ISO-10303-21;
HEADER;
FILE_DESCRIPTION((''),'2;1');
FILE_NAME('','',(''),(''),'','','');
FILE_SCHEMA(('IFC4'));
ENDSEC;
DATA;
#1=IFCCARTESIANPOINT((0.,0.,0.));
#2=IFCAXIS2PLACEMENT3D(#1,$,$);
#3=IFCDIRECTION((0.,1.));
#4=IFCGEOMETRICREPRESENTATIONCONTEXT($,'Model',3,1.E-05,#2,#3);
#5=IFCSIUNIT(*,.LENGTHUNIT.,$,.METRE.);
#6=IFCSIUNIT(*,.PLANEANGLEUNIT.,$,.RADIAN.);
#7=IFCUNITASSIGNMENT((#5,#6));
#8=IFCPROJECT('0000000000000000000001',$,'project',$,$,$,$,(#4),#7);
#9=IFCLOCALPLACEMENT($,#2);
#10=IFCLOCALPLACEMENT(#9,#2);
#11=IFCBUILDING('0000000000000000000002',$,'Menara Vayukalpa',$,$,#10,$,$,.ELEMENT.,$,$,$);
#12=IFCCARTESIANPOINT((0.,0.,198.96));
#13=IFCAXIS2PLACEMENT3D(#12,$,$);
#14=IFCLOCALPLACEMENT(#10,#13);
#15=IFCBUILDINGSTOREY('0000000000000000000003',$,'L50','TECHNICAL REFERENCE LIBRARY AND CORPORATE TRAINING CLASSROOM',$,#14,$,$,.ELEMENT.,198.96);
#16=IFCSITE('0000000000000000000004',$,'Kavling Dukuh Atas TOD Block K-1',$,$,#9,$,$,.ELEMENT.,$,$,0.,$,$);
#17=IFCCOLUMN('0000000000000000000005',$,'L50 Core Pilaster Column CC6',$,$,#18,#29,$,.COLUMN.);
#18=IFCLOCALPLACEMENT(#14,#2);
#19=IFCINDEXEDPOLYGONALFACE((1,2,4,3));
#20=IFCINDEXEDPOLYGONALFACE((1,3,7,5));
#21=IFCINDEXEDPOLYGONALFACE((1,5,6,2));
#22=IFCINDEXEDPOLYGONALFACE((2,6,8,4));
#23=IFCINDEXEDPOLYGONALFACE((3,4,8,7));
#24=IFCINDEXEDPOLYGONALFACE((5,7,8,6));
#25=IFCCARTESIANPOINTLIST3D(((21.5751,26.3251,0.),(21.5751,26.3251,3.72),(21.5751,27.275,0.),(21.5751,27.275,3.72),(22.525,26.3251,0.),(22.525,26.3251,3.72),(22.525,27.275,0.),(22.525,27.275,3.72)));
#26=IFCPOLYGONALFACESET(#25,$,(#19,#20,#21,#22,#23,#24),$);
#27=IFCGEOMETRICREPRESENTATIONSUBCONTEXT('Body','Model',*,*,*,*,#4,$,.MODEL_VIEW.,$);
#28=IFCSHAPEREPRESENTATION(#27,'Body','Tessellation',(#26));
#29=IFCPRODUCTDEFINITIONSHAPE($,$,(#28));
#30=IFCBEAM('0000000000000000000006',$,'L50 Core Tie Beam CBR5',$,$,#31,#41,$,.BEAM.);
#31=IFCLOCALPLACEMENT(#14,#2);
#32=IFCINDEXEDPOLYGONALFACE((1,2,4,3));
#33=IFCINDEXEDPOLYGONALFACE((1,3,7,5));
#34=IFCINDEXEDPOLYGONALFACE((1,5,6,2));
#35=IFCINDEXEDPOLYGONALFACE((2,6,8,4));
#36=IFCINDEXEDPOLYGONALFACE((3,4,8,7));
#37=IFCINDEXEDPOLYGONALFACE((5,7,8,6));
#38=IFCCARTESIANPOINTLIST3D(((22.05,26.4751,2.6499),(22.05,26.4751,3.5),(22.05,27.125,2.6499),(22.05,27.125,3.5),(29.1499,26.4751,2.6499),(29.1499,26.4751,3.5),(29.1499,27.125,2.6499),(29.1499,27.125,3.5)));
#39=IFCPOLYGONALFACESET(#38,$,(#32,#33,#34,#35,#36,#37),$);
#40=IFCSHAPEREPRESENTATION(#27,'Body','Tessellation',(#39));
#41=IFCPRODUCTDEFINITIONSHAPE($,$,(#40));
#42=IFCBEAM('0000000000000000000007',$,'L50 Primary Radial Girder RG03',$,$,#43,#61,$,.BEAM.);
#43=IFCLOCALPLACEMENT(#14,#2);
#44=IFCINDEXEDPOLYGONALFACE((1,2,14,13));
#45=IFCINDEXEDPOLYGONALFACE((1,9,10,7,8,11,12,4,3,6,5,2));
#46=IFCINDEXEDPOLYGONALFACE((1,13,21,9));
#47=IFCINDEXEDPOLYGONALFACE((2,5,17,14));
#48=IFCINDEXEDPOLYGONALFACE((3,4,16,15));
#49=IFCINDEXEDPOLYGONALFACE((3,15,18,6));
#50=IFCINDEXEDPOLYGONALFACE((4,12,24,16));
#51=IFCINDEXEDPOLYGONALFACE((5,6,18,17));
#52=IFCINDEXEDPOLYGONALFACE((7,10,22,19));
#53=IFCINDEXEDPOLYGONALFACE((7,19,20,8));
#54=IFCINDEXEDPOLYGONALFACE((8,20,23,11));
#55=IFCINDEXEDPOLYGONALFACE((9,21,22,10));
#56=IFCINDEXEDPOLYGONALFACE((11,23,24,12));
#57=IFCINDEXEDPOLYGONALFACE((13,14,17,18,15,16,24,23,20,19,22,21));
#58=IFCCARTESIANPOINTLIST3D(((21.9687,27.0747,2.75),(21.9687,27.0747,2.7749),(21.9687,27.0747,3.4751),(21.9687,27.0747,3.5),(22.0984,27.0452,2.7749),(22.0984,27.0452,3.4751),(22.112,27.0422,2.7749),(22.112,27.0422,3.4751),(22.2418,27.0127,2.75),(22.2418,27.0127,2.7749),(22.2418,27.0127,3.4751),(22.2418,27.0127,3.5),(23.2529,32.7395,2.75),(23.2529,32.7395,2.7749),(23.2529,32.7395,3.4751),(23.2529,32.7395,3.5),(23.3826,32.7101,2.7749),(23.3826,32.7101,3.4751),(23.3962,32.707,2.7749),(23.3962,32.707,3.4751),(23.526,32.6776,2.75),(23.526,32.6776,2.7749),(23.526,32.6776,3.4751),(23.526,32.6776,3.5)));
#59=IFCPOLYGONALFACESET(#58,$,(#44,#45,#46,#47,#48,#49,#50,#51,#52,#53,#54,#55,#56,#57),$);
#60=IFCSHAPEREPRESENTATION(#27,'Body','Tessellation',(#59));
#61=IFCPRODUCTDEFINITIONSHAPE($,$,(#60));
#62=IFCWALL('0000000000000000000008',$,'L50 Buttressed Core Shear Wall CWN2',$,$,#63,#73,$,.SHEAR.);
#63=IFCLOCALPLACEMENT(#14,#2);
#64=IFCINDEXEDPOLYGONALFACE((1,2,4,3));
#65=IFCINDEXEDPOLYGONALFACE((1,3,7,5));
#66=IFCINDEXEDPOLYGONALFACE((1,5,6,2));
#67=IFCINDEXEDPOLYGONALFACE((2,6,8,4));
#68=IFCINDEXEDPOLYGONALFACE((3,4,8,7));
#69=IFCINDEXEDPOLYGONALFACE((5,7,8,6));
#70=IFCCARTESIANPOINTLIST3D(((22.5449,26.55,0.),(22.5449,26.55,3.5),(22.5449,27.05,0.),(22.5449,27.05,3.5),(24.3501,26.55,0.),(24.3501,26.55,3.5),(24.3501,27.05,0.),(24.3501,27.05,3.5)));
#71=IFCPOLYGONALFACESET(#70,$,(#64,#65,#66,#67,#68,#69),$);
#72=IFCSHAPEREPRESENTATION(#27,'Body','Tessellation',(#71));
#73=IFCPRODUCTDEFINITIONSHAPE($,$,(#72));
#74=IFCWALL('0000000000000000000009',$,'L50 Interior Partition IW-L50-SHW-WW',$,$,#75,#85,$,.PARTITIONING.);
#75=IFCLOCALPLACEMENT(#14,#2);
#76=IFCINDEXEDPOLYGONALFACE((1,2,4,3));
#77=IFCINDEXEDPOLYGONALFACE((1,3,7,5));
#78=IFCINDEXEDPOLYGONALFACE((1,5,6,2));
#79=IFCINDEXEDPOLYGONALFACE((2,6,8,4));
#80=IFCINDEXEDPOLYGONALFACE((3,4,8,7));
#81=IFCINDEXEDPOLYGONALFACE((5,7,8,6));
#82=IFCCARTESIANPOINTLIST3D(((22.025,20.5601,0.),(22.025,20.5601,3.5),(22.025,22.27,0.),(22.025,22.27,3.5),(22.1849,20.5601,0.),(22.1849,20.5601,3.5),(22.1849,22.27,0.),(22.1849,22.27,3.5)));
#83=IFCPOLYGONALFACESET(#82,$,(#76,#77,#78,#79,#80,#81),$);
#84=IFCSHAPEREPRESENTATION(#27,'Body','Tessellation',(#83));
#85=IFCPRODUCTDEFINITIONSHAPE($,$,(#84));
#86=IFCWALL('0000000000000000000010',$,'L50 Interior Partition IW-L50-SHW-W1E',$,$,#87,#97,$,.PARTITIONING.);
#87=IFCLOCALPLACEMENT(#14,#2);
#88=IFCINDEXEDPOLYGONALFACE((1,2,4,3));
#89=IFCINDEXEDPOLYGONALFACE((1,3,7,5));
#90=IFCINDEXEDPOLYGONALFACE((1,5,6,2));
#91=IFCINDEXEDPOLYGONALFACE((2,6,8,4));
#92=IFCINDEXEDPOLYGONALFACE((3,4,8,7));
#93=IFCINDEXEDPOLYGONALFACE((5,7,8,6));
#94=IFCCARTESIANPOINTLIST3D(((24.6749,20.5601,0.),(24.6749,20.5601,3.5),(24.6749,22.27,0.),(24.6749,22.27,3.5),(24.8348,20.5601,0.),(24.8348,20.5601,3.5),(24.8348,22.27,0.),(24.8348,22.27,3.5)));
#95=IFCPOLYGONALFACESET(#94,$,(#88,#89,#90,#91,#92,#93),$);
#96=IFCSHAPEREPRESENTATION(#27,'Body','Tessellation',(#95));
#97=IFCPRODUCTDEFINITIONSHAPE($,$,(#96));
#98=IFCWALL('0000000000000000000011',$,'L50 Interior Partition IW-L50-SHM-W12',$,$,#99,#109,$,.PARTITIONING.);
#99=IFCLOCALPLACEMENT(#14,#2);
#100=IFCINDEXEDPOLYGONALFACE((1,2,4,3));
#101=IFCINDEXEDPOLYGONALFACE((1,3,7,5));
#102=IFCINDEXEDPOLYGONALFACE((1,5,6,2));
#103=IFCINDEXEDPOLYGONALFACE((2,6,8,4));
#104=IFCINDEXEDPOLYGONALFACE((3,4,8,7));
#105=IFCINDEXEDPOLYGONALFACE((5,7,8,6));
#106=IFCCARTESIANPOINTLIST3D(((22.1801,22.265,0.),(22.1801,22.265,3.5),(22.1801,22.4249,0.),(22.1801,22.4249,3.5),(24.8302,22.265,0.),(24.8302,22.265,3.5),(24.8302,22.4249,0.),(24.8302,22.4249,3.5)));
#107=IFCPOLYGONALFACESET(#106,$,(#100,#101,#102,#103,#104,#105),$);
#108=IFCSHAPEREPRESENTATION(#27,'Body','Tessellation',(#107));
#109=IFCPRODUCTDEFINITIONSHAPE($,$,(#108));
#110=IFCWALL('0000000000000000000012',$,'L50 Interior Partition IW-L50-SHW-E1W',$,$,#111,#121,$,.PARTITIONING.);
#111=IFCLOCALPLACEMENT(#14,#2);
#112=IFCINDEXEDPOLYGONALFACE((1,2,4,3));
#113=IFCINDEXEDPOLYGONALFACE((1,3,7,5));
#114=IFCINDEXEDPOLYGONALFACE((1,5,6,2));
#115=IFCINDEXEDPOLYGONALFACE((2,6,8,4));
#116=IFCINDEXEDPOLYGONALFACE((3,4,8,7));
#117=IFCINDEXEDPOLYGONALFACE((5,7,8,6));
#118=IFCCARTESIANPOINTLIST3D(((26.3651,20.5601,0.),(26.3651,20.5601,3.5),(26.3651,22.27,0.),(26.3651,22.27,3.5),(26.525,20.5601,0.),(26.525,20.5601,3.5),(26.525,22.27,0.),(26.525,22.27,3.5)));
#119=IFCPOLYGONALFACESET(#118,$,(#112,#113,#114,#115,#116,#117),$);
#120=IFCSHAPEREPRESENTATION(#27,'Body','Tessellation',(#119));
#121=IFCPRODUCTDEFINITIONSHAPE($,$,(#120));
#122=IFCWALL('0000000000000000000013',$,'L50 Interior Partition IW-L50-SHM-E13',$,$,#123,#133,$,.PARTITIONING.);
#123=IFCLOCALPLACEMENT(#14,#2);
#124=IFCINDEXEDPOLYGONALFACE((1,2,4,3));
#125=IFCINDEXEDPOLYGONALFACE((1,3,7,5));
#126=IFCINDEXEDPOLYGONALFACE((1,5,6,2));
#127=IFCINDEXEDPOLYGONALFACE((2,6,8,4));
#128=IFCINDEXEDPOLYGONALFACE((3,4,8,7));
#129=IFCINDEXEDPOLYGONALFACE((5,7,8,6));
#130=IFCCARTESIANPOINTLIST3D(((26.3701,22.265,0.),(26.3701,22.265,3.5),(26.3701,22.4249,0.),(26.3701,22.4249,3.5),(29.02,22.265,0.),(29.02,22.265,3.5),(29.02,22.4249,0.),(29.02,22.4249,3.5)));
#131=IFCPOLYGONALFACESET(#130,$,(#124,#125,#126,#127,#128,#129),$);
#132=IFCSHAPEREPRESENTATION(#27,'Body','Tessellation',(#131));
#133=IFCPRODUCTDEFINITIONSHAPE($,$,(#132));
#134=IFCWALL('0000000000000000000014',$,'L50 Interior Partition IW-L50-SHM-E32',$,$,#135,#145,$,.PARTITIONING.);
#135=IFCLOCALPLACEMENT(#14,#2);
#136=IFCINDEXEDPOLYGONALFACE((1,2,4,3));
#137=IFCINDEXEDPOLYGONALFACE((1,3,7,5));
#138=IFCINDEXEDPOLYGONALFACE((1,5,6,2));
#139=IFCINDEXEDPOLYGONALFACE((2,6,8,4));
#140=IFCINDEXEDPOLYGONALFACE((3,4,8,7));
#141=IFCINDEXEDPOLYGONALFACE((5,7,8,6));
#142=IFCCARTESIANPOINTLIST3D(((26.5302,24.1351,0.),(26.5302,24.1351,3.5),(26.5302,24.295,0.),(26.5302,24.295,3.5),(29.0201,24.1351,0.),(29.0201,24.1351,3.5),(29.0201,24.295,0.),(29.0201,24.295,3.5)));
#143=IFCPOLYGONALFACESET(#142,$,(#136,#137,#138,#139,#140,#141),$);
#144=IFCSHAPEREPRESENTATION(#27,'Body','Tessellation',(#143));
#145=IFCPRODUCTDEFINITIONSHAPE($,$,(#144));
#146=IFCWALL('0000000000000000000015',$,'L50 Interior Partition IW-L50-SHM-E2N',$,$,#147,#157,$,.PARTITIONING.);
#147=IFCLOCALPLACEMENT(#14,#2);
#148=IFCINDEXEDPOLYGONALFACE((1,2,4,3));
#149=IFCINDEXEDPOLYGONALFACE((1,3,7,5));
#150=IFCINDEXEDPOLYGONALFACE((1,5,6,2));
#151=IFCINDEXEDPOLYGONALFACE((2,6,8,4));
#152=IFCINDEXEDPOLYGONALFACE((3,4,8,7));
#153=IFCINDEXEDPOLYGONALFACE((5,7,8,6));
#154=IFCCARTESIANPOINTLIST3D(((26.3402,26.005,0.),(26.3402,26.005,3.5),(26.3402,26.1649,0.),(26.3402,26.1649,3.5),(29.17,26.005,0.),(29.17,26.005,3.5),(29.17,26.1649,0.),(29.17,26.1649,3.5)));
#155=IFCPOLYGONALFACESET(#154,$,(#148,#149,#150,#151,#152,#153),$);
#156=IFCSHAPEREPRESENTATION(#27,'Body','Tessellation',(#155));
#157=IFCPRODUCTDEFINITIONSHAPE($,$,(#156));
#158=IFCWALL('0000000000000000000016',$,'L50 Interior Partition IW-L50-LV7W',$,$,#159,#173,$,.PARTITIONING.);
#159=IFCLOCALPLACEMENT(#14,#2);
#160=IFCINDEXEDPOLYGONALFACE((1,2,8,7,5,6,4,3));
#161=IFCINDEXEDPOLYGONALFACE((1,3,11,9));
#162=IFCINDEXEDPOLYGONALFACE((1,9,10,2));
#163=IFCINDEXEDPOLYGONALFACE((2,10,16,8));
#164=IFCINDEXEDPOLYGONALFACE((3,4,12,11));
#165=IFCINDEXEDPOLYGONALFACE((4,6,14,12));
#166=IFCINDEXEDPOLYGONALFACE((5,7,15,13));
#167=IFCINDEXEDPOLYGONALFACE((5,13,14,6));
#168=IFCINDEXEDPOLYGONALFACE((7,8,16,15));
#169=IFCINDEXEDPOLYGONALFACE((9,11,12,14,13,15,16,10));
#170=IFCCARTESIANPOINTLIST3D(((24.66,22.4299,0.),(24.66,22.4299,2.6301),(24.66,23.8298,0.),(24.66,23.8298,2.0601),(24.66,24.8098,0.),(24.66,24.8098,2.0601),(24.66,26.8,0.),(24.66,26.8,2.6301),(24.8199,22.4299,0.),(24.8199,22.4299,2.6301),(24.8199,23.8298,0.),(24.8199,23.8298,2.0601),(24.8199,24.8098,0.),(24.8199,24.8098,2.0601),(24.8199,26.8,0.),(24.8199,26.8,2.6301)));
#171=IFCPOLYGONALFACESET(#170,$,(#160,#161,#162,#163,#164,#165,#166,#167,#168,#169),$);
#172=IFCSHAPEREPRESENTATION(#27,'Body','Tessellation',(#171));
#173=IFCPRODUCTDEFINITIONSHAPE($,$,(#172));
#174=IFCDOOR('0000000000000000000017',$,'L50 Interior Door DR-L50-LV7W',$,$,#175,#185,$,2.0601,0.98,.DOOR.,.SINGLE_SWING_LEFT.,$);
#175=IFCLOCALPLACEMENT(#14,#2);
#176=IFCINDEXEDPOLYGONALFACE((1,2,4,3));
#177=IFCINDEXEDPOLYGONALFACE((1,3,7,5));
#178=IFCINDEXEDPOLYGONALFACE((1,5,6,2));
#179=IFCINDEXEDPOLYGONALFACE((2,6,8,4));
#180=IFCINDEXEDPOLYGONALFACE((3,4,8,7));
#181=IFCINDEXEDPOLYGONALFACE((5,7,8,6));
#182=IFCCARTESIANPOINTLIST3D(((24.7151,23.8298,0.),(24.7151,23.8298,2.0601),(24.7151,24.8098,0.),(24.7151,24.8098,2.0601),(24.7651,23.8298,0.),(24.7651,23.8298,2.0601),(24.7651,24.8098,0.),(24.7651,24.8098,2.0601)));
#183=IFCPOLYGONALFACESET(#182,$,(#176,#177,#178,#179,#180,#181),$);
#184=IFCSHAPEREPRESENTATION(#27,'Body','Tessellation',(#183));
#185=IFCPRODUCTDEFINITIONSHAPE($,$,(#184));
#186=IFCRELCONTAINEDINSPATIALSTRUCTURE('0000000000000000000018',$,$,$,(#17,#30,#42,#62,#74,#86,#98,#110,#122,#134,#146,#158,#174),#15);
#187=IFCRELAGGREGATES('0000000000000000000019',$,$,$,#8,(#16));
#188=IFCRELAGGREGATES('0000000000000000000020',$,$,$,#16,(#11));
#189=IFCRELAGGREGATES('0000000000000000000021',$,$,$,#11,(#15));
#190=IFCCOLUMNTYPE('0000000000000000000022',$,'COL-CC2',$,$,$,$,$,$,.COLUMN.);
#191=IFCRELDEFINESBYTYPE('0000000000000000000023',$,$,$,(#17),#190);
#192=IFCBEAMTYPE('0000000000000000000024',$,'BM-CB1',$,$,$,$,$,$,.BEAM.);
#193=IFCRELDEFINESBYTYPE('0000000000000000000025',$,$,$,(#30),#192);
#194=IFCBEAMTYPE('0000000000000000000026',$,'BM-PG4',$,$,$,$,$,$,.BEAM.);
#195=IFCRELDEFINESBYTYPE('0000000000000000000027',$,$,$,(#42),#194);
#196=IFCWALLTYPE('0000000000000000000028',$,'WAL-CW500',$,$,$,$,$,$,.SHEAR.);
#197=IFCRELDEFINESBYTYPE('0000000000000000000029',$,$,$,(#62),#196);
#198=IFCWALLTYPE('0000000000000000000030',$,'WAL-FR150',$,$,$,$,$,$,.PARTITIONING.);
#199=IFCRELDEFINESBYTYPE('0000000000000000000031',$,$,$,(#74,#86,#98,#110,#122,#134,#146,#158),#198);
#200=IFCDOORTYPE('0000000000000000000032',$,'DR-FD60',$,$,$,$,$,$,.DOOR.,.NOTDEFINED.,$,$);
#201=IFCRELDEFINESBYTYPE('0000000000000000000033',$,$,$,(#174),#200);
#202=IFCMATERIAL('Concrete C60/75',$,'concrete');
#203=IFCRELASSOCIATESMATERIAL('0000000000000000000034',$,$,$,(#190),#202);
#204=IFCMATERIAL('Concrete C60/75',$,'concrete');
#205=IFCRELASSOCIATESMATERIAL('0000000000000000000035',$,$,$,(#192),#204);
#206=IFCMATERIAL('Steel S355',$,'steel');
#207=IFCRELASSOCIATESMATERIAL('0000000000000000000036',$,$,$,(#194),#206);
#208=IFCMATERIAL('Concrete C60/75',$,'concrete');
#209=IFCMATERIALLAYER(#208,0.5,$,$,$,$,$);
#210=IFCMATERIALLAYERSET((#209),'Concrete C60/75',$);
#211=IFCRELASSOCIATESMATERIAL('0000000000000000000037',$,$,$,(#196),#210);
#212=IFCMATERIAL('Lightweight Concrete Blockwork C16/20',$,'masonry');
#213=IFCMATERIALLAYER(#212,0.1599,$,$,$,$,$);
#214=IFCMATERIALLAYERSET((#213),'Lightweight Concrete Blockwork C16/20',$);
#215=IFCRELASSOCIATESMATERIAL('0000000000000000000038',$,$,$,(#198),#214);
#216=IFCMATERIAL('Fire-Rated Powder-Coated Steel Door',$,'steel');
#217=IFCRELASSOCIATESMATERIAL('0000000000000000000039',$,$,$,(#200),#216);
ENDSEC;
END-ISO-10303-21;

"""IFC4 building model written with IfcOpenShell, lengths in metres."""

from ifc_helpers import new_model, si_unit, direction, frame, frame_2d, origin, origin_2d, place, context, subcontext, project, spatial, rectangle, i_section, extrude, material, layer, layer_set, material_profile, profile_set, type_object, element, fill, save


model = new_model("IFC4")

# Units and contexts
model_context = context("Model", 3, precision=1e-05, world=origin(), true_north=direction((0.0, 1.0)))
body_context = subcontext(model_context, "Body", "Model", "MODEL_VIEW")
ifc_project = project(units=[si_unit("LENGTHUNIT", "METRE"), si_unit("PLANEANGLEUNIT", "RADIAN")], contexts=[model_context])

# Site, building, storey
site_placement = place(None, origin())
site = spatial("IfcSite", under=ifc_project, at=site_placement, Name="Kavling Dukuh Atas TOD Block K-1", CompositionType="ELEMENT", RefElevation=0.0)
building_placement = place(site_placement, origin())
building = spatial("IfcBuilding", under=site, at=building_placement, Name="Menara Vayukalpa", CompositionType="ELEMENT")
storey_placement = place(building_placement, frame((0.0, 0.0, 198.96)))
storey = spatial("IfcBuildingStorey", under=building, at=storey_placement, Name="L50", Description="TECHNICAL REFERENCE LIBRARY AND CORPORATE TRAINING CLASSROOM", CompositionType="ELEMENT", Elevation=198.96)

# Column
ifc_material_1 = material(Name="Concrete C60/75", Category="concrete")
ifc_material_profile_1 = material_profile(ifc_material_1, rectangle(XDim=0.95, YDim=0.95, at=origin_2d()), Name="RC 950x950")
ifc_profile_set_1 = profile_set([ifc_material_profile_1], Name="Concrete C60/75")
column_type = type_object("IfcColumnType", Name="COL-CC2", PredefinedType="COLUMN", material=ifc_profile_set_1)
column_placement = place(storey_placement, frame((22.05, 26.8, 0.0), z_axis=(0.0, 0.0, 1.0), x_axis=(1.0, 0.0, 0.0)))
element("IfcColumn", 1, at=column_placement, inside=storey, type_object=column_type, Name="L50 Core Pilaster Column CC6", PredefinedType="COLUMN", context=body_context, shape_type="SweptSolid", body=[
    extrude(rectangle(XDim=0.95, YDim=0.95, at=origin_2d()), origin(), (0.0, 0.0, 1.0), 3.72),
])

# Beams
ifc_material_2 = material(Name="Concrete C60/75", Category="concrete")
ifc_material_profile_2 = material_profile(ifc_material_2, rectangle(XDim=0.6499, YDim=0.8501, at=origin_2d()), Name="RC 650x850")
ifc_profile_set_2 = profile_set([ifc_material_profile_2], Name="Concrete C60/75")
beam_type_1 = type_object("IfcBeamType", Name="BM-CB1", PredefinedType="BEAM", material=ifc_profile_set_2)
beam_1_placement = place(storey_placement, frame((22.05, 26.8, 3.075), z_axis=(1.0, 0.0, 0.0), x_axis=(0.0, 1.0, 0.0)))
element("IfcBeam", 2, at=beam_1_placement, inside=storey, type_object=beam_type_1, Name="L50 Core Tie Beam CBR5", PredefinedType="BEAM", context=body_context, shape_type="SweptSolid", body=[
    extrude(rectangle(XDim=0.6499, YDim=0.8501, at=origin_2d()), origin(), (0.0, 0.0, 1.0), 7.0999),
])
ifc_material_3 = material(Name="Steel S355", Category="steel")
ifc_material_profile_3 = material_profile(ifc_material_3, i_section(OverallWidth=0.28, OverallDepth=0.75, WebThickness=0.0139, FlangeThickness=0.0249, at=origin_2d()), Name="WF 750x280x14x25")
ifc_profile_set_3 = profile_set([ifc_material_profile_3], Name="Steel S355")
beam_type_2 = type_object("IfcBeamType", Name="BM-PG4", PredefinedType="BEAM", material=ifc_profile_set_3)
beam_2_placement = place(storey_placement, frame((22.1052, 27.0437, 3.125), z_axis=(0.221085, 0.975255, 0.0), x_axis=(-0.975255, 0.221085, 0.0)))
element("IfcBeam", 3, at=beam_2_placement, inside=storey, type_object=beam_type_2, Name="L50 Primary Radial Girder RG03", PredefinedType="BEAM", context=body_context, shape_type="SweptSolid", body=[
    extrude(i_section(OverallWidth=0.28, OverallDepth=0.75, WebThickness=0.0139, FlangeThickness=0.0249, at=origin_2d()), origin(), (0.0, 0.0, 1.0), 5.8086),
])

# Walls
ifc_material_4 = material(Name="Concrete C60/75", Category="concrete")
ifc_layer_1 = layer(ifc_material_4, 0.5)
ifc_layer_set_1 = layer_set([ifc_layer_1], Name="Concrete C60/75")
wall_type_1 = type_object("IfcWallType", Name="WAL-CW500", PredefinedType="SHEAR", material=ifc_layer_set_1)
wall_1_placement = place(storey_placement, frame((22.5449, 26.8, 0.0), z_axis=(0.0, 0.0, 1.0), x_axis=(1.0, 0.0, 0.0)))
element("IfcWall", 4, at=wall_1_placement, inside=storey, type_object=wall_type_1, Name="L50 Buttressed Core Shear Wall CWN2", PredefinedType="SHEAR", context=body_context, shape_type="SweptSolid", body=[
    extrude(rectangle(XDim=1.8052, YDim=0.5, at=frame_2d((0.9026, 0.0))), origin(), (0.0, 0.0, 1.0), 3.5),
])
ifc_material_5 = material(Name="Lightweight Concrete Blockwork C16/20", Category="masonry")
ifc_layer_2 = layer(ifc_material_5, 0.1599)
ifc_layer_set_2 = layer_set([ifc_layer_2], Name="Lightweight Concrete Blockwork C16/20")
wall_type_2 = type_object("IfcWallType", Name="WAL-FR150", PredefinedType="PARTITIONING", material=ifc_layer_set_2)
for number, where, z_axis, x_axis, name in (
    (5, (22.105, 20.5601, 0.0), (0.0, 0.0, 1.0), (0.0, 1.0, 0.0), "L50 Interior Partition IW-L50-SHW-WW"),
    (6, (24.7549, 20.5601, 0.0), (0.0, 0.0, 1.0), (0.0, 1.0, 0.0), "L50 Interior Partition IW-L50-SHW-W1E"),
):
    element("IfcWall", number, at=place(storey_placement, frame(where, z_axis=z_axis, x_axis=x_axis)), inside=storey, type_object=wall_type_2, Name=name, PredefinedType="PARTITIONING", context=body_context, shape_type="SweptSolid", body=[
        extrude(rectangle(XDim=1.71, YDim=0.1599, at=frame_2d((0.855, 0.0))), origin(), (0.0, 0.0, 1.0), 3.5),
    ])
wall_2_placement = place(storey_placement, frame((22.1799, 22.345, 0.0), z_axis=(0.0, 0.0, 1.0), x_axis=(1.0, 0.0, 0.0)))
element("IfcWall", 7, at=wall_2_placement, inside=storey, type_object=wall_type_2, Name="L50 Interior Partition IW-L50-SHM-W12", PredefinedType="PARTITIONING", context=body_context, shape_type="SweptSolid", body=[
    extrude(rectangle(XDim=2.6501, YDim=0.1599, at=frame_2d((1.3252, 0.0))), origin(), (0.0, 0.0, 1.0), 3.5),
])
wall_3_placement = place(storey_placement, frame((26.4451, 20.5601, 0.0), z_axis=(0.0, 0.0, 1.0), x_axis=(0.0, 1.0, 0.0)))
element("IfcWall", 8, at=wall_3_placement, inside=storey, type_object=wall_type_2, Name="L50 Interior Partition IW-L50-SHW-E1W", PredefinedType="PARTITIONING", context=body_context, shape_type="SweptSolid", body=[
    extrude(rectangle(XDim=1.71, YDim=0.1599, at=frame_2d((0.855, 0.0))), origin(), (0.0, 0.0, 1.0), 3.5),
])
wall_4_placement = place(storey_placement, frame((26.3701, 22.345, 0.0), z_axis=(0.0, 0.0, 1.0), x_axis=(1.0, 0.0, 0.0)))
element("IfcWall", 9, at=wall_4_placement, inside=storey, type_object=wall_type_2, Name="L50 Interior Partition IW-L50-SHM-E13", PredefinedType="PARTITIONING", context=body_context, shape_type="SweptSolid", body=[
    extrude(rectangle(XDim=2.6499, YDim=0.1599, at=frame_2d((1.325, 0.0))), origin(), (0.0, 0.0, 1.0), 3.5),
])
wall_5_placement = place(storey_placement, frame((26.53, 24.2151, 0.0), z_axis=(0.0, 0.0, 1.0), x_axis=(1.0, 0.0, 0.0)))
element("IfcWall", 10, at=wall_5_placement, inside=storey, type_object=wall_type_2, Name="L50 Interior Partition IW-L50-SHM-E32", PredefinedType="PARTITIONING", context=body_context, shape_type="SweptSolid", body=[
    extrude(rectangle(XDim=2.49, YDim=0.1599, at=frame_2d((1.2451, 0.0))), origin(), (0.0, 0.0, 1.0), 3.5),
])
wall_6_placement = place(storey_placement, frame((26.3401, 26.085, 0.0), z_axis=(0.0, 0.0, 1.0), x_axis=(1.0, 0.0, 0.0)))
element("IfcWall", 11, at=wall_6_placement, inside=storey, type_object=wall_type_2, Name="L50 Interior Partition IW-L50-SHM-E2N", PredefinedType="PARTITIONING", context=body_context, shape_type="SweptSolid", body=[
    extrude(rectangle(XDim=2.8298, YDim=0.1599, at=frame_2d((1.415, 0.0))), origin(), (0.0, 0.0, 1.0), 3.5),
])

# Wall, opening, door
wall_7_placement = place(storey_placement, frame((24.74, 22.4299, 0.0), z_axis=(0.0, 0.0, 1.0), x_axis=(0.0, 1.0, 0.0)))
wall_7 = element("IfcWall", 12, at=wall_7_placement, inside=storey, type_object=wall_type_2, Name="L50 Interior Partition IW-L50-LV7W", PredefinedType="PARTITIONING", context=body_context, shape_type="SweptSolid", body=[
    extrude(rectangle(XDim=4.3701, YDim=0.1599, at=frame_2d((2.1851, 0.0))), origin(), (0.0, 0.0, 1.0), 2.6301),
])
opening_1_placement = place(wall_7_placement, frame((1.3999, 0.0, 0.0)))
opening_1 = element("IfcOpeningElement", 13, at=opening_1_placement, cuts=wall_7, PredefinedType="OPENING", context=body_context, shape_type="SweptSolid", body=[
    extrude(rectangle(XDim=0.98, YDim=2.0601, at=frame_2d((0.49, 1.03))), frame((0.0, 0.0898, 0.0), z_axis=(0.0, -1.0, 0.0), x_axis=(1.0, 0.0, 0.0)), (0.0, 0.0, 1.0), 0.1799),
])
ifc_material_6 = material(Name="Fire-Rated Powder-Coated Steel Door", Category="steel")
door_type_1 = type_object("IfcDoorType", Name="DR-FD60", OperationType="NOTDEFINED", PredefinedType="DOOR", material=ifc_material_6)
door_1_placement = place(opening_1_placement, origin())
door_1 = element("IfcDoor", 14, at=door_1_placement, inside=storey, type_object=door_type_1, Name="L50 Interior Door DR-L50-LV7W", OperationType="SINGLE_SWING_LEFT", OverallHeight=2.0601, OverallWidth=0.98, PredefinedType="DOOR", context=body_context, shape_type="SweptSolid", body=[
    extrude(rectangle(XDim=0.98, YDim=2.0601, at=frame_2d((0.49, 1.03))), frame((0.0, 0.0249, 0.0), z_axis=(0.0, -1.0, 0.0), x_axis=(1.0, 0.0, 0.0)), (0.0, 0.0, 1.0), 0.05),
])
fill(opening_1, door_1)

save(model, "model.ifc")
